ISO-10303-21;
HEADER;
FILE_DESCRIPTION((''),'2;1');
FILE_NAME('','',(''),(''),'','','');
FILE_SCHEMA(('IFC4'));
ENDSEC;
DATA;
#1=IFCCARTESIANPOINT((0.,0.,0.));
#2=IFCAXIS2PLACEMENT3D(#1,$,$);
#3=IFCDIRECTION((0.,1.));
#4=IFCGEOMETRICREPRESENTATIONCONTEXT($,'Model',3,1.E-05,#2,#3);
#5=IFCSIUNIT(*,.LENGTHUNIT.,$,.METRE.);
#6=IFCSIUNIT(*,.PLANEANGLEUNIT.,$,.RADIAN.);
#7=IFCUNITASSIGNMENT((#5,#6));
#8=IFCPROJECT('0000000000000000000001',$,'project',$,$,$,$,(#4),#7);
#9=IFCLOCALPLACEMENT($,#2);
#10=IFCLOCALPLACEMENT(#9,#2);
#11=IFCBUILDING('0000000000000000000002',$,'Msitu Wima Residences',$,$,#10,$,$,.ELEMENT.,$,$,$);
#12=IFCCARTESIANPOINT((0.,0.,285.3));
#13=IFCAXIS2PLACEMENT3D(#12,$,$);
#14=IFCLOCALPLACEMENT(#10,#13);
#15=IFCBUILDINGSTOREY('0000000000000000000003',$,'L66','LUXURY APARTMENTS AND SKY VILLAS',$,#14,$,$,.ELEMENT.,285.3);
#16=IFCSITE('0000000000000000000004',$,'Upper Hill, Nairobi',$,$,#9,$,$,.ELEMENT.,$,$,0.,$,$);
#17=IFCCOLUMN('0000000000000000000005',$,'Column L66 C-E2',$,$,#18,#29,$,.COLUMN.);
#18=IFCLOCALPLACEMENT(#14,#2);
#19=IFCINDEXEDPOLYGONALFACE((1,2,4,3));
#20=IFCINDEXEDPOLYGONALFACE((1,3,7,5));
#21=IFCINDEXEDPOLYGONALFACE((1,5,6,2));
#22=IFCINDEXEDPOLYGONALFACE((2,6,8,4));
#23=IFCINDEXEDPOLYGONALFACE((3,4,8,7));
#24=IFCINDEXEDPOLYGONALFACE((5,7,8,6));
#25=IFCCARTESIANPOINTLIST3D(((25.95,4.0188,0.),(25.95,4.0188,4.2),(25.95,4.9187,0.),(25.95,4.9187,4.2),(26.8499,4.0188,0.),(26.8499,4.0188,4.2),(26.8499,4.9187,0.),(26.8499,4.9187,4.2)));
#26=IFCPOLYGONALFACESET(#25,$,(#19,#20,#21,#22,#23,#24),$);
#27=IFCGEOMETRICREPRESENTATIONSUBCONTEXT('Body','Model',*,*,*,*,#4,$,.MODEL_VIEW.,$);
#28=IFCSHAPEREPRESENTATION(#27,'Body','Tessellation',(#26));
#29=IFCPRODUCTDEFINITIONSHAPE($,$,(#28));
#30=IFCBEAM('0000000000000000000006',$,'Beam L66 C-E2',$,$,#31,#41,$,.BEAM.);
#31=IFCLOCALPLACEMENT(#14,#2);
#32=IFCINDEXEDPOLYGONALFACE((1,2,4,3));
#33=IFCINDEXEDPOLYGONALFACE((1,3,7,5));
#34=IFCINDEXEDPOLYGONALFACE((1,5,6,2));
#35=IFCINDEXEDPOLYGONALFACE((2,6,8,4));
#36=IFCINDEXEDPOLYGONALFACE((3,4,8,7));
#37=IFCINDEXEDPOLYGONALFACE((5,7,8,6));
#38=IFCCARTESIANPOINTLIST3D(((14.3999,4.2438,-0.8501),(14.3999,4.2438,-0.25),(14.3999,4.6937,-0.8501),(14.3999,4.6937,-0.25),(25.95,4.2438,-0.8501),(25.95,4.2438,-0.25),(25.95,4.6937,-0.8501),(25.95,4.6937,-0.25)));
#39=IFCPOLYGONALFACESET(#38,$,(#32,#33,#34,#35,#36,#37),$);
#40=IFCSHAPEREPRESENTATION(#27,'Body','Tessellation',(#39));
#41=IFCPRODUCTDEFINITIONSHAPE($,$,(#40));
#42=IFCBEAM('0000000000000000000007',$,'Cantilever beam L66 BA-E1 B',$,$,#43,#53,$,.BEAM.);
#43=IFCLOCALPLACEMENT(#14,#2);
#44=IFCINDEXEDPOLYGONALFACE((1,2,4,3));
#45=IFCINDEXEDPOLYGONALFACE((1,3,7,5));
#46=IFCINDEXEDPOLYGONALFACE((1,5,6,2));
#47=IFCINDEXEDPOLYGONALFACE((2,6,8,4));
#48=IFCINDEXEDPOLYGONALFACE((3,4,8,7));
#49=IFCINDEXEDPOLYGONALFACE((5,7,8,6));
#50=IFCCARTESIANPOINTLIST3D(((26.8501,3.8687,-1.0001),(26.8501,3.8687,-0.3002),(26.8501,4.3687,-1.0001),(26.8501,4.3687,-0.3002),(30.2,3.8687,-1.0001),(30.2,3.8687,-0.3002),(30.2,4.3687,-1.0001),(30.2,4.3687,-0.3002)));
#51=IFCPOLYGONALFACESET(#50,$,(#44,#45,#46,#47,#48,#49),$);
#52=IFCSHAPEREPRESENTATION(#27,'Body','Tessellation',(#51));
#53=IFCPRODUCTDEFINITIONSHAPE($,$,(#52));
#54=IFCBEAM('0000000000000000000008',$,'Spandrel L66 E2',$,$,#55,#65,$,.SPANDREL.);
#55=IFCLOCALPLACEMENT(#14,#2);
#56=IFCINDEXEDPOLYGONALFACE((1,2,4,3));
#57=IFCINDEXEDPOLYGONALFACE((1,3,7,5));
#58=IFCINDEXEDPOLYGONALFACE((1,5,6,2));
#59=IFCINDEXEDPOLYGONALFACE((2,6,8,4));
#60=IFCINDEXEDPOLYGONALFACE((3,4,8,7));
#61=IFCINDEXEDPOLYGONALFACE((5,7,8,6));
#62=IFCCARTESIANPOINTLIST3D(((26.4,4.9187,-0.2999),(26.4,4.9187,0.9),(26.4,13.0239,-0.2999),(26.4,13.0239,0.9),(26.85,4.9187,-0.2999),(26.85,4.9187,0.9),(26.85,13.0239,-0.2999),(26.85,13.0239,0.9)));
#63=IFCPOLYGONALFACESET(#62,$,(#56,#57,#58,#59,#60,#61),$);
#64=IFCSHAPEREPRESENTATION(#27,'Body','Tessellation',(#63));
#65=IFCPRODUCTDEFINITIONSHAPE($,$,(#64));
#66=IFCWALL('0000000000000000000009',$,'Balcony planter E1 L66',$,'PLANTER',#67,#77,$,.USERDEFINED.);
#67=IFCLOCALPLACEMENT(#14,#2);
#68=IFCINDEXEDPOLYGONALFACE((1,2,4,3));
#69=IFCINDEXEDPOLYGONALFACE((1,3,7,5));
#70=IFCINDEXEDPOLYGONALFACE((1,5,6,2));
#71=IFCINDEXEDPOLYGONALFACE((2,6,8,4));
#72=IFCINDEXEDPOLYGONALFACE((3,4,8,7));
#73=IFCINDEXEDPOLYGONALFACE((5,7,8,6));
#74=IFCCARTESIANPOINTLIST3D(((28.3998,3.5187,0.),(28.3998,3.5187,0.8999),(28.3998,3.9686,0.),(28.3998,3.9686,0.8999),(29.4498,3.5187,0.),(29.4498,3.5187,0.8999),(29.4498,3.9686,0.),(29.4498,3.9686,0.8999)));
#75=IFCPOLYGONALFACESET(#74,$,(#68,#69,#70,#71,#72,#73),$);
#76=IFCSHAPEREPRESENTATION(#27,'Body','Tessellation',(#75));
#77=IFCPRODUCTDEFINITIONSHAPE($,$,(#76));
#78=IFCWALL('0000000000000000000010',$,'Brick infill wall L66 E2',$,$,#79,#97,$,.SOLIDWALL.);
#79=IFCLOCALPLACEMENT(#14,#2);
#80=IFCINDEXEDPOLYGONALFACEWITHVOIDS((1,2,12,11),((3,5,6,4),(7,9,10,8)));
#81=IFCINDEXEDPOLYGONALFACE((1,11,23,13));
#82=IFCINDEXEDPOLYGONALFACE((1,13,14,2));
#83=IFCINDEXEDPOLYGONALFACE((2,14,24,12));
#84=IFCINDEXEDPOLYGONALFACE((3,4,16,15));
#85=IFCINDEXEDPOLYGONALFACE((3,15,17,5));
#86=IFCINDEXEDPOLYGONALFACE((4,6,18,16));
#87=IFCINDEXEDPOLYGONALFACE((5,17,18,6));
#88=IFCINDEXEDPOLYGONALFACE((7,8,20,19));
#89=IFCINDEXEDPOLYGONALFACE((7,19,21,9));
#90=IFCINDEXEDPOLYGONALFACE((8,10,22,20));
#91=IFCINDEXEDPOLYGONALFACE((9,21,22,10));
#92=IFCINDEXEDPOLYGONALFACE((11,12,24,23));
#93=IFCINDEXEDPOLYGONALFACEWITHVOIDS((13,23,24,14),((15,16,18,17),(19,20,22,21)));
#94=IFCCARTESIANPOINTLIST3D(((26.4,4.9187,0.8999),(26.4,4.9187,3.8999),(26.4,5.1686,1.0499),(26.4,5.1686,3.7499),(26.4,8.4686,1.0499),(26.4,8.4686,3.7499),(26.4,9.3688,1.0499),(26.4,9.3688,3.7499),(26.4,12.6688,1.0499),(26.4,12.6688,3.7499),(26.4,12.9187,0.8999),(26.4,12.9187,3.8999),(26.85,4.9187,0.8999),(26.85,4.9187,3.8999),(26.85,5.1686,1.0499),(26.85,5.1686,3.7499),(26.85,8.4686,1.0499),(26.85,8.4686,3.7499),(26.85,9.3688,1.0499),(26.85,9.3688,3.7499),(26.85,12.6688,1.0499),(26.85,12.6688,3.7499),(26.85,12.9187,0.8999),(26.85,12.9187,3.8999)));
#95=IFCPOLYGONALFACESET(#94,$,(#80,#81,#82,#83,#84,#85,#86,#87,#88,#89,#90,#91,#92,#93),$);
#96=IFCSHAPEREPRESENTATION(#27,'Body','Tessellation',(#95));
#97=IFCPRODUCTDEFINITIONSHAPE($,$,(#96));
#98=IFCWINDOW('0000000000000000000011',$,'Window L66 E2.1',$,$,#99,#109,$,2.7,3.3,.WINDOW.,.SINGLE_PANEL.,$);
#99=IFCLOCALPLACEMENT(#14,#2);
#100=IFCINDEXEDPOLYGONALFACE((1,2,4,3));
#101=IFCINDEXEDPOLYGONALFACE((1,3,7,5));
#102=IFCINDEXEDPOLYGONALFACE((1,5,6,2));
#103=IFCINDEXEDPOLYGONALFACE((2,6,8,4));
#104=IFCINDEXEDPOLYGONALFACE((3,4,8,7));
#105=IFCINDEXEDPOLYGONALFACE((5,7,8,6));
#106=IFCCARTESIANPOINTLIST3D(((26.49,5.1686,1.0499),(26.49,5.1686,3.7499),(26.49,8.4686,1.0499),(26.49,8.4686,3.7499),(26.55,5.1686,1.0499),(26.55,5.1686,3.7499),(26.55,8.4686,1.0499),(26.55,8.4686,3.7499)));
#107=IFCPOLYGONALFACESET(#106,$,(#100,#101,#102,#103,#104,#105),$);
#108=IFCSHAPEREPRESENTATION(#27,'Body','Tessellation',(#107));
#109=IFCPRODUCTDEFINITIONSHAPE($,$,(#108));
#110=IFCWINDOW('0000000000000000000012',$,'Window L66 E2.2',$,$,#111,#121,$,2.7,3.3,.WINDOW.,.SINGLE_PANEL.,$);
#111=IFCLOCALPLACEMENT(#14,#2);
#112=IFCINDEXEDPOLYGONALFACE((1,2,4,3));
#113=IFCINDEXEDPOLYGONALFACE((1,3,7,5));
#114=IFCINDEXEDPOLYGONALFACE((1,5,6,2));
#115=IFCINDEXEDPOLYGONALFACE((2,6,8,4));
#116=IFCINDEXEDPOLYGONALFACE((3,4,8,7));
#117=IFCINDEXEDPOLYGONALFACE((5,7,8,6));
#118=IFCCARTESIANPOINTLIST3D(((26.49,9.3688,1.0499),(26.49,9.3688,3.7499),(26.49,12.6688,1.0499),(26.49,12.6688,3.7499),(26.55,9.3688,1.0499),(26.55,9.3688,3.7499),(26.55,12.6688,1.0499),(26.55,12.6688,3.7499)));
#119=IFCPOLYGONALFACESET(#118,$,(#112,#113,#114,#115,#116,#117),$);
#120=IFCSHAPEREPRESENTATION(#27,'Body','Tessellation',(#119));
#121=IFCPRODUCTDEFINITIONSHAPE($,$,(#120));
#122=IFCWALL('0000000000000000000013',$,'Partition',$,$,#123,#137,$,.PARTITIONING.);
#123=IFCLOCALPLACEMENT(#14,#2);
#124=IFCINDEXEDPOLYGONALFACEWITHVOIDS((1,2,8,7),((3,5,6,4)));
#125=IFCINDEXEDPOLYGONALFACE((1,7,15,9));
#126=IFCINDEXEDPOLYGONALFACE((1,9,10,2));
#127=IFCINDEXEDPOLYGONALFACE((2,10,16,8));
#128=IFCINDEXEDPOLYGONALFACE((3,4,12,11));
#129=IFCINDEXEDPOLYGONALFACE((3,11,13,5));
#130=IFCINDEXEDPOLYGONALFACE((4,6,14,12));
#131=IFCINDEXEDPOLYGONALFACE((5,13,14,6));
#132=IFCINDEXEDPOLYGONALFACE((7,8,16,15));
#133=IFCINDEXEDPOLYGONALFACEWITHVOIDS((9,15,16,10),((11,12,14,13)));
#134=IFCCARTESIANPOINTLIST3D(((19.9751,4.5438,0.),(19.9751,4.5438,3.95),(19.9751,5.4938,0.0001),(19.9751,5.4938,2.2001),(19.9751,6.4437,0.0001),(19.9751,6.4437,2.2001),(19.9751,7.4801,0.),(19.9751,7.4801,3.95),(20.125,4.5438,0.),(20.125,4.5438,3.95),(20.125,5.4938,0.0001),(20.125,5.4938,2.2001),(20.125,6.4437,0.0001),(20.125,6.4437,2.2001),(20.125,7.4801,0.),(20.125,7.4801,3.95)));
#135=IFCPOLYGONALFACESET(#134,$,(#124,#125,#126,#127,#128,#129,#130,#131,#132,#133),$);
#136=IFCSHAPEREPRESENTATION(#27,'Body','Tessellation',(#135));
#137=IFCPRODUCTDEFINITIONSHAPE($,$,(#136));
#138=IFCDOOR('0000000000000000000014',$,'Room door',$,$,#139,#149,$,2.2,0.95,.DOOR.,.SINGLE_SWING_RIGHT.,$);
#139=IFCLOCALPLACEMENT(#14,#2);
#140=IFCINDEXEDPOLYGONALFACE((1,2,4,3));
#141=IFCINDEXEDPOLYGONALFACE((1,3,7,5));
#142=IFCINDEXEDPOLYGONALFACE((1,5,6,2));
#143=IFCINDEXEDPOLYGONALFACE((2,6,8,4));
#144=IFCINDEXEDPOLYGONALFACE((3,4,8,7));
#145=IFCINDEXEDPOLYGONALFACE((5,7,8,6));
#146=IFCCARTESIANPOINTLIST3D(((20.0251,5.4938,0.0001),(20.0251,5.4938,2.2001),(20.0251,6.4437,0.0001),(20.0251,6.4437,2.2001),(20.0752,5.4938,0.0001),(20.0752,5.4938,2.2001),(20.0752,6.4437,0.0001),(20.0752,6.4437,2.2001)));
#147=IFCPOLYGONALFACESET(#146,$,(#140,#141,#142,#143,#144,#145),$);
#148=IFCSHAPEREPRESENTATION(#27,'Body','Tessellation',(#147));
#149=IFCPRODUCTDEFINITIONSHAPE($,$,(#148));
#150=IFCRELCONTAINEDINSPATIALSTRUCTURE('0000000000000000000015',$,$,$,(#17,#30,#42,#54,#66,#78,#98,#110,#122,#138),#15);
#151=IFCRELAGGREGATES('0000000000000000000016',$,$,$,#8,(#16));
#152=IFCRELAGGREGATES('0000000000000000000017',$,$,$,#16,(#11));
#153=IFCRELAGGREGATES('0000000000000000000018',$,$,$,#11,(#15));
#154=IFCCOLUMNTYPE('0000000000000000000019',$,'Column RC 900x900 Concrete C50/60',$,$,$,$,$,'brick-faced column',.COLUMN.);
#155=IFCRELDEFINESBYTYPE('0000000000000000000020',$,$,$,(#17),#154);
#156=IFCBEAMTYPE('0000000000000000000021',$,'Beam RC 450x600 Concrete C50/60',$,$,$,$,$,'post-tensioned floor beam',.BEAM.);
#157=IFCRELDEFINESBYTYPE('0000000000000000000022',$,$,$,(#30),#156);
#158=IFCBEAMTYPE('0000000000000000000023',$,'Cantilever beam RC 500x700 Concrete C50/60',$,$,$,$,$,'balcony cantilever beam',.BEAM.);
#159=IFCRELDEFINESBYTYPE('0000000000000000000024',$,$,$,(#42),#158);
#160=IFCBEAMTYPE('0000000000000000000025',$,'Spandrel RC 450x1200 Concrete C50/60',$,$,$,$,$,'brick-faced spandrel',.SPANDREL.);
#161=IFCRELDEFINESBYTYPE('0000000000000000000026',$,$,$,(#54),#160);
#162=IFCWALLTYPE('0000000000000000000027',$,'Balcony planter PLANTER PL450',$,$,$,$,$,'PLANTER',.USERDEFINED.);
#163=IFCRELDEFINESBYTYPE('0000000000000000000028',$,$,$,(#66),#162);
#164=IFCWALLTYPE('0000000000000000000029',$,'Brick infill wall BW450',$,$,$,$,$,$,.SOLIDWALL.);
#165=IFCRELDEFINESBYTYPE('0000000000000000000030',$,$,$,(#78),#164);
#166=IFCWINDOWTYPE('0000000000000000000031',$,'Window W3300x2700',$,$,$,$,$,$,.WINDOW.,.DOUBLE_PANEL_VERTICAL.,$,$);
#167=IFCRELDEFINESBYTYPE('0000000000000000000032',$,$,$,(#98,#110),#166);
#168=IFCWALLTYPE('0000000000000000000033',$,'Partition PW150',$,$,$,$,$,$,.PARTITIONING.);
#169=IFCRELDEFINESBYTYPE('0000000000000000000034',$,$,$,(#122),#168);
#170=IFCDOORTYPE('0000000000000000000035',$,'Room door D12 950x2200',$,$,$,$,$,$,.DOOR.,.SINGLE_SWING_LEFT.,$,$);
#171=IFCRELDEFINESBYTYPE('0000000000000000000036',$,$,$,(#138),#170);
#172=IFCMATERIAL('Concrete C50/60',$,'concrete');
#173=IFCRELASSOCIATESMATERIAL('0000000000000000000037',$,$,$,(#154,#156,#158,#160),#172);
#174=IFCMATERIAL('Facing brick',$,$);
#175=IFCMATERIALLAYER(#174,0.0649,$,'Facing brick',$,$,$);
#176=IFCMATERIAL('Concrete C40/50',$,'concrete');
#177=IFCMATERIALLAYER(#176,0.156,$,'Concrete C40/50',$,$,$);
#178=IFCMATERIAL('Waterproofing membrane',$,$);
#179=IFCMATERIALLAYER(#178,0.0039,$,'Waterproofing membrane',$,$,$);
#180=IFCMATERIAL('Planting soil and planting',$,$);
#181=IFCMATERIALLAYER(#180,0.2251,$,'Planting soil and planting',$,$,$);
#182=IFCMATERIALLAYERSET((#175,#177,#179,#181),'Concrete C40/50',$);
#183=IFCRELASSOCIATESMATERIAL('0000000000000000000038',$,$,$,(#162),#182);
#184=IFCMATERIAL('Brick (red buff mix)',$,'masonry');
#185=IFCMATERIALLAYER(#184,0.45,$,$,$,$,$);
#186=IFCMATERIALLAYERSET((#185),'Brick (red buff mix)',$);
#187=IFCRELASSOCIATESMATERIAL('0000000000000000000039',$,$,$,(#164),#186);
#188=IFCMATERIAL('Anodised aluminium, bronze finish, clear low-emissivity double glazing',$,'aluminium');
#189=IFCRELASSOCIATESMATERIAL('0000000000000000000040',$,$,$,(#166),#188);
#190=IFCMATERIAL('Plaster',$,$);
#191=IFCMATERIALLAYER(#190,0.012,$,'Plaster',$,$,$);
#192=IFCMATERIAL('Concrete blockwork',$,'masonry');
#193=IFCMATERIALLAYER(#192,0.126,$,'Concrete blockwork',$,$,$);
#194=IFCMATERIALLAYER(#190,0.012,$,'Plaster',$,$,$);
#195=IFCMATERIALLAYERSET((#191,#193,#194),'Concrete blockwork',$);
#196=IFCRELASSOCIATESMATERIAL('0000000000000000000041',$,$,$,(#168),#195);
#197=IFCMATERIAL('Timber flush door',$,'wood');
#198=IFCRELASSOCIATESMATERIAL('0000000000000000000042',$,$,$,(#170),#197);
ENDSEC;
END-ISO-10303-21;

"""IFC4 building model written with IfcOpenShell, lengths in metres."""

from ifc_helpers import new_model, si_unit, direction, frame, frame_2d, origin, origin_2d, place, context, subcontext, project, spatial, rectangle, extrude, material, layer, layer_set, material_profile, profile_set, type_object, element, fill, save


model = new_model("IFC4")

# Units and contexts
model_context = context("Model", 3, precision=1e-05, world=origin(), true_north=direction((0.0, 1.0)))
body_context = subcontext(model_context, "Body", "Model", "MODEL_VIEW")
ifc_project = project(units=[si_unit("LENGTHUNIT", "METRE"), si_unit("PLANEANGLEUNIT", "RADIAN")], contexts=[model_context])

# Site, building, storey
site_placement = place(None, origin())
site = spatial("IfcSite", under=ifc_project, at=site_placement, Name="Upper Hill, Nairobi", CompositionType="ELEMENT", RefElevation=0.0)
building_placement = place(site_placement, origin())
building = spatial("IfcBuilding", under=site, at=building_placement, Name="Msitu Wima Residences", CompositionType="ELEMENT")
storey_placement = place(building_placement, frame((0.0, 0.0, 285.3)))
storey = spatial("IfcBuildingStorey", under=building, at=storey_placement, Name="L66", Description="LUXURY APARTMENTS AND SKY VILLAS", CompositionType="ELEMENT", Elevation=285.3)

# Column
ifc_material_1 = material(Name="Concrete C50/60", Category="concrete")
ifc_material_profile_1 = material_profile(ifc_material_1, rectangle(XDim=0.8999, YDim=0.8999, at=origin_2d()), Name="RC 900x900")
ifc_profile_set_1 = profile_set([ifc_material_profile_1], Name="Concrete C50/60")
column_type = type_object("IfcColumnType", Name="Column RC 900x900 Concrete C50/60", ElementType="brick-faced column", PredefinedType="COLUMN", material=ifc_profile_set_1)
column_placement = place(storey_placement, frame((26.3999, 4.4688, 0.0), z_axis=(0.0, 0.0, 1.0), x_axis=(0.0, 1.0, 0.0)))
element("IfcColumn", 1, at=column_placement, inside=storey, type_object=column_type, Name="Column L66 C-E2", PredefinedType="COLUMN", context=body_context, shape_type="SweptSolid", body=[
    extrude(rectangle(XDim=0.8999, YDim=0.8999, at=origin_2d()), origin(), (0.0, 0.0, 1.0), 4.2),
])

# Beams
ifc_material_profile_2 = material_profile(ifc_material_1, rectangle(XDim=0.45, YDim=0.6001, at=origin_2d()), Name="RC 450x600")
ifc_profile_set_2 = profile_set([ifc_material_profile_2], Name="Concrete C50/60")
beam_type_1 = type_object("IfcBeamType", Name="Beam RC 450x600 Concrete C50/60", ElementType="post-tensioned floor beam", PredefinedType="BEAM", material=ifc_profile_set_2)
beam_1_placement = place(storey_placement, frame((25.95, 4.4688, -0.55), z_axis=(-1.0, 0.0, 0.0), x_axis=(0.0, -1.0, 0.0)))
element("IfcBeam", 2, at=beam_1_placement, inside=storey, type_object=beam_type_1, Name="Beam L66 C-E2", PredefinedType="BEAM", context=body_context, shape_type="SweptSolid", body=[
    extrude(rectangle(XDim=0.45, YDim=0.6001, at=origin_2d()), origin(), (0.0, 0.0, 1.0), 11.55),
])
ifc_material_profile_3 = material_profile(ifc_material_1, rectangle(XDim=0.5, YDim=0.7, at=origin_2d()), Name="RC 500x700")
ifc_profile_set_3 = profile_set([ifc_material_profile_3], Name="Concrete C50/60")
beam_type_2 = type_object("IfcBeamType", Name="Cantilever beam RC 500x700 Concrete C50/60", ElementType="balcony cantilever beam", PredefinedType="BEAM", material=ifc_profile_set_3)
beam_2_placement = place(storey_placement, frame((26.8501, 4.1187, -0.6501), z_axis=(1.0, 0.0, 0.0), x_axis=(0.0, 1.0, 0.0)))
element("IfcBeam", 3, at=beam_2_placement, inside=storey, type_object=beam_type_2, Name="Cantilever beam L66 BA-E1 B", PredefinedType="BEAM", context=body_context, shape_type="SweptSolid", body=[
    extrude(rectangle(XDim=0.5, YDim=0.7, at=origin_2d()), origin(), (0.0, 0.0, 1.0), 3.3499),
])
ifc_material_profile_4 = material_profile(ifc_material_1, rectangle(XDim=0.45, YDim=1.2, at=origin_2d()), Name="RC 450x1200")
ifc_profile_set_4 = profile_set([ifc_material_profile_4], Name="Concrete C50/60")
beam_type_3 = type_object("IfcBeamType", Name="Spandrel RC 450x1200 Concrete C50/60", ElementType="brick-faced spandrel", PredefinedType="SPANDREL", material=ifc_profile_set_4)
beam_3_placement = place(storey_placement, frame((26.625, 4.9187, 0.3), z_axis=(0.0, 1.0, 0.0), x_axis=(-1.0, 0.0, 0.0)))
element("IfcBeam", 4, at=beam_3_placement, inside=storey, type_object=beam_type_3, Name="Spandrel L66 E2", PredefinedType="SPANDREL", context=body_context, shape_type="SweptSolid", body=[
    extrude(rectangle(XDim=0.45, YDim=1.2, at=origin_2d()), origin(), (0.0, 0.0, 1.0), 8.1052),
])

# Wall
ifc_material_2 = material(Name="Facing brick")
ifc_layer_1 = layer(ifc_material_2, 0.0649, Name="Facing brick")
ifc_material_3 = material(Name="Concrete C40/50", Category="concrete")
ifc_layer_2 = layer(ifc_material_3, 0.156, Name="Concrete C40/50")
ifc_material_4 = material(Name="Waterproofing membrane")
ifc_layer_3 = layer(ifc_material_4, 0.0039, Name="Waterproofing membrane")
ifc_material_5 = material(Name="Planting soil and planting")
ifc_layer_4 = layer(ifc_material_5, 0.2251, Name="Planting soil and planting")
ifc_layer_set_1 = layer_set([ifc_layer_1, ifc_layer_2, ifc_layer_3, ifc_layer_4], Name="Concrete C40/50")
wall_type_1 = type_object("IfcWallType", Name="Balcony planter PLANTER PL450", ElementType="PLANTER", PredefinedType="USERDEFINED", material=ifc_layer_set_1)
wall_1_placement = place(storey_placement, frame((28.3999, 3.7437, 0.0), z_axis=(0.0, 0.0, 1.0), x_axis=(1.0, 0.0, 0.0)))
element("IfcWall", 5, at=wall_1_placement, inside=storey, type_object=wall_type_1, Name="Balcony planter E1 L66", ObjectType="PLANTER", PredefinedType="USERDEFINED", context=body_context, shape_type="SweptSolid", body=[
    extrude(rectangle(XDim=1.05, YDim=0.45, at=frame_2d((0.5249, 0.0))), origin(), (0.0, 0.0, 1.0), 0.8999),
])

# Wall, openings, windows
ifc_material_6 = material(Name="Brick (red buff mix)", Category="masonry")
ifc_layer_5 = layer(ifc_material_6, 0.45)
ifc_layer_set_2 = layer_set([ifc_layer_5], Name="Brick (red buff mix)")
wall_type_2 = type_object("IfcWallType", Name="Brick infill wall BW450", PredefinedType="SOLIDWALL", material=ifc_layer_set_2)
wall_2_placement = place(storey_placement, frame((26.625, 4.9187, 0.8999), z_axis=(0.0, 0.0, 1.0), x_axis=(0.0, 1.0, 0.0)))
wall_2 = element("IfcWall", 6, at=wall_2_placement, inside=storey, type_object=wall_type_2, Name="Brick infill wall L66 E2", PredefinedType="SOLIDWALL", context=body_context, shape_type="SweptSolid", body=[
    extrude(rectangle(XDim=8.0, YDim=0.45, at=frame_2d((4.0, 0.0))), origin(), (0.0, 0.0, 1.0), 3.0),
])
opening_1_placement = place(wall_2_placement, frame((0.25, 0.0, 0.1499)))
opening_1 = element("IfcOpeningElement", 7, at=opening_1_placement, cuts=wall_2, PredefinedType="OPENING", context=body_context, shape_type="SweptSolid", body=[
    extrude(rectangle(XDim=3.3, YDim=2.7, at=frame_2d((1.6499, 1.3501))), frame((0.0, 0.2349, 0.0), z_axis=(0.0, -1.0, 0.0), x_axis=(1.0, 0.0, 0.0)), (0.0, 0.0, 1.0), 0.47),
])
opening_2_placement = place(wall_2_placement, frame((4.4502, 0.0, 0.1499)))
opening_2 = element("IfcOpeningElement", 8, at=opening_2_placement, cuts=wall_2, PredefinedType="OPENING", context=body_context, shape_type="SweptSolid", body=[
    extrude(rectangle(XDim=3.3, YDim=2.7, at=frame_2d((1.6499, 1.3501))), frame((0.0, 0.2349, 0.0), z_axis=(0.0, -1.0, 0.0), x_axis=(1.0, 0.0, 0.0)), (0.0, 0.0, 1.0), 0.47),
])
ifc_material_7 = material(Name="Anodised aluminium, bronze finish, clear low-emissivity double glazing", Category="aluminium")
window_type = type_object("IfcWindowType", Name="Window W3300x2700", PartitioningType="DOUBLE_PANEL_VERTICAL", PredefinedType="WINDOW", material=ifc_material_7)
window_1_placement = place(opening_1_placement, origin())
window_1 = element("IfcWindow", 9, at=window_1_placement, inside=storey, type_object=window_type, Name="Window L66 E2.1", OverallHeight=2.7, OverallWidth=3.3, PartitioningType="SINGLE_PANEL", PredefinedType="WINDOW", context=body_context, shape_type="SweptSolid", body=[
    extrude(rectangle(XDim=3.3, YDim=2.7, at=frame_2d((1.6499, 1.3501))), frame((0.0, 0.135, 0.0), z_axis=(0.0, -1.0, 0.0), x_axis=(1.0, 0.0, 0.0)), (0.0, 0.0, 1.0), 0.0601),
])
fill(opening_1, window_1)
window_2_placement = place(opening_2_placement, origin())
window_2 = element("IfcWindow", 10, at=window_2_placement, inside=storey, type_object=window_type, Name="Window L66 E2.2", OverallHeight=2.7, OverallWidth=3.3, PartitioningType="SINGLE_PANEL", PredefinedType="WINDOW", context=body_context, shape_type="SweptSolid", body=[
    extrude(rectangle(XDim=3.3, YDim=2.7, at=frame_2d((1.6499, 1.3501))), frame((0.0, 0.135, 0.0), z_axis=(0.0, -1.0, 0.0), x_axis=(1.0, 0.0, 0.0)), (0.0, 0.0, 1.0), 0.0601),
])
fill(opening_2, window_2)

# Wall, opening, door
ifc_material_8 = material(Name="Plaster")
ifc_layer_6 = layer(ifc_material_8, 0.012, Name="Plaster")
ifc_material_9 = material(Name="Concrete blockwork", Category="masonry")
ifc_layer_7 = layer(ifc_material_9, 0.126, Name="Concrete blockwork")
ifc_layer_8 = layer(ifc_material_8, 0.012, Name="Plaster")
ifc_layer_set_3 = layer_set([ifc_layer_6, ifc_layer_7, ifc_layer_8], Name="Concrete blockwork")
wall_type_3 = type_object("IfcWallType", Name="Partition PW150", PredefinedType="PARTITIONING", material=ifc_layer_set_3)
wall_3_placement = place(storey_placement, frame((20.05, 4.5437, 0.0), z_axis=(0.0, 0.0, 1.0), x_axis=(0.0, 1.0, 0.0)))
wall_3 = element("IfcWall", 11, at=wall_3_placement, inside=storey, type_object=wall_type_3, Name="Partition", PredefinedType="PARTITIONING", context=body_context, shape_type="SweptSolid", body=[
    extrude(rectangle(XDim=2.9363, YDim=0.1499, at=frame_2d((1.4683, 0.0))), origin(), (0.0, 0.0, 1.0), 3.95),
])
opening_3_placement = place(wall_3_placement, frame((0.95, 0.0, 0.0)))
opening_3 = element("IfcOpeningElement", 12, at=opening_3_placement, cuts=wall_3, PredefinedType="OPENING", context=body_context, shape_type="SweptSolid", body=[
    extrude(rectangle(XDim=0.95, YDim=2.2, at=frame_2d((0.4751, 1.1001))), frame((0.0, 0.085, 0.0), z_axis=(0.0, -1.0, 0.0), x_axis=(1.0, 0.0, 0.0)), (0.0, 0.0, 1.0), 0.1699),
])
ifc_material_10 = material(Name="Timber flush door", Category="wood")
door_type_1 = type_object("IfcDoorType", Name="Room door D12 950x2200", OperationType="SINGLE_SWING_LEFT", PredefinedType="DOOR", material=ifc_material_10)
door_1_placement = place(opening_3_placement, origin())
door_1 = element("IfcDoor", 13, at=door_1_placement, inside=storey, type_object=door_type_1, Name="Room door", OperationType="SINGLE_SWING_RIGHT", OverallHeight=2.2, OverallWidth=0.95, PredefinedType="DOOR", context=body_context, shape_type="SweptSolid", body=[
    extrude(rectangle(XDim=0.95, YDim=2.2, at=frame_2d((0.4751, 1.1001))), frame((0.0, 0.0249, 0.0), z_axis=(0.0, -1.0, 0.0), x_axis=(1.0, 0.0, 0.0)), (0.0, 0.0, 1.0), 0.05),
])
fill(opening_3, door_1)

save(model, "model.ifc")
